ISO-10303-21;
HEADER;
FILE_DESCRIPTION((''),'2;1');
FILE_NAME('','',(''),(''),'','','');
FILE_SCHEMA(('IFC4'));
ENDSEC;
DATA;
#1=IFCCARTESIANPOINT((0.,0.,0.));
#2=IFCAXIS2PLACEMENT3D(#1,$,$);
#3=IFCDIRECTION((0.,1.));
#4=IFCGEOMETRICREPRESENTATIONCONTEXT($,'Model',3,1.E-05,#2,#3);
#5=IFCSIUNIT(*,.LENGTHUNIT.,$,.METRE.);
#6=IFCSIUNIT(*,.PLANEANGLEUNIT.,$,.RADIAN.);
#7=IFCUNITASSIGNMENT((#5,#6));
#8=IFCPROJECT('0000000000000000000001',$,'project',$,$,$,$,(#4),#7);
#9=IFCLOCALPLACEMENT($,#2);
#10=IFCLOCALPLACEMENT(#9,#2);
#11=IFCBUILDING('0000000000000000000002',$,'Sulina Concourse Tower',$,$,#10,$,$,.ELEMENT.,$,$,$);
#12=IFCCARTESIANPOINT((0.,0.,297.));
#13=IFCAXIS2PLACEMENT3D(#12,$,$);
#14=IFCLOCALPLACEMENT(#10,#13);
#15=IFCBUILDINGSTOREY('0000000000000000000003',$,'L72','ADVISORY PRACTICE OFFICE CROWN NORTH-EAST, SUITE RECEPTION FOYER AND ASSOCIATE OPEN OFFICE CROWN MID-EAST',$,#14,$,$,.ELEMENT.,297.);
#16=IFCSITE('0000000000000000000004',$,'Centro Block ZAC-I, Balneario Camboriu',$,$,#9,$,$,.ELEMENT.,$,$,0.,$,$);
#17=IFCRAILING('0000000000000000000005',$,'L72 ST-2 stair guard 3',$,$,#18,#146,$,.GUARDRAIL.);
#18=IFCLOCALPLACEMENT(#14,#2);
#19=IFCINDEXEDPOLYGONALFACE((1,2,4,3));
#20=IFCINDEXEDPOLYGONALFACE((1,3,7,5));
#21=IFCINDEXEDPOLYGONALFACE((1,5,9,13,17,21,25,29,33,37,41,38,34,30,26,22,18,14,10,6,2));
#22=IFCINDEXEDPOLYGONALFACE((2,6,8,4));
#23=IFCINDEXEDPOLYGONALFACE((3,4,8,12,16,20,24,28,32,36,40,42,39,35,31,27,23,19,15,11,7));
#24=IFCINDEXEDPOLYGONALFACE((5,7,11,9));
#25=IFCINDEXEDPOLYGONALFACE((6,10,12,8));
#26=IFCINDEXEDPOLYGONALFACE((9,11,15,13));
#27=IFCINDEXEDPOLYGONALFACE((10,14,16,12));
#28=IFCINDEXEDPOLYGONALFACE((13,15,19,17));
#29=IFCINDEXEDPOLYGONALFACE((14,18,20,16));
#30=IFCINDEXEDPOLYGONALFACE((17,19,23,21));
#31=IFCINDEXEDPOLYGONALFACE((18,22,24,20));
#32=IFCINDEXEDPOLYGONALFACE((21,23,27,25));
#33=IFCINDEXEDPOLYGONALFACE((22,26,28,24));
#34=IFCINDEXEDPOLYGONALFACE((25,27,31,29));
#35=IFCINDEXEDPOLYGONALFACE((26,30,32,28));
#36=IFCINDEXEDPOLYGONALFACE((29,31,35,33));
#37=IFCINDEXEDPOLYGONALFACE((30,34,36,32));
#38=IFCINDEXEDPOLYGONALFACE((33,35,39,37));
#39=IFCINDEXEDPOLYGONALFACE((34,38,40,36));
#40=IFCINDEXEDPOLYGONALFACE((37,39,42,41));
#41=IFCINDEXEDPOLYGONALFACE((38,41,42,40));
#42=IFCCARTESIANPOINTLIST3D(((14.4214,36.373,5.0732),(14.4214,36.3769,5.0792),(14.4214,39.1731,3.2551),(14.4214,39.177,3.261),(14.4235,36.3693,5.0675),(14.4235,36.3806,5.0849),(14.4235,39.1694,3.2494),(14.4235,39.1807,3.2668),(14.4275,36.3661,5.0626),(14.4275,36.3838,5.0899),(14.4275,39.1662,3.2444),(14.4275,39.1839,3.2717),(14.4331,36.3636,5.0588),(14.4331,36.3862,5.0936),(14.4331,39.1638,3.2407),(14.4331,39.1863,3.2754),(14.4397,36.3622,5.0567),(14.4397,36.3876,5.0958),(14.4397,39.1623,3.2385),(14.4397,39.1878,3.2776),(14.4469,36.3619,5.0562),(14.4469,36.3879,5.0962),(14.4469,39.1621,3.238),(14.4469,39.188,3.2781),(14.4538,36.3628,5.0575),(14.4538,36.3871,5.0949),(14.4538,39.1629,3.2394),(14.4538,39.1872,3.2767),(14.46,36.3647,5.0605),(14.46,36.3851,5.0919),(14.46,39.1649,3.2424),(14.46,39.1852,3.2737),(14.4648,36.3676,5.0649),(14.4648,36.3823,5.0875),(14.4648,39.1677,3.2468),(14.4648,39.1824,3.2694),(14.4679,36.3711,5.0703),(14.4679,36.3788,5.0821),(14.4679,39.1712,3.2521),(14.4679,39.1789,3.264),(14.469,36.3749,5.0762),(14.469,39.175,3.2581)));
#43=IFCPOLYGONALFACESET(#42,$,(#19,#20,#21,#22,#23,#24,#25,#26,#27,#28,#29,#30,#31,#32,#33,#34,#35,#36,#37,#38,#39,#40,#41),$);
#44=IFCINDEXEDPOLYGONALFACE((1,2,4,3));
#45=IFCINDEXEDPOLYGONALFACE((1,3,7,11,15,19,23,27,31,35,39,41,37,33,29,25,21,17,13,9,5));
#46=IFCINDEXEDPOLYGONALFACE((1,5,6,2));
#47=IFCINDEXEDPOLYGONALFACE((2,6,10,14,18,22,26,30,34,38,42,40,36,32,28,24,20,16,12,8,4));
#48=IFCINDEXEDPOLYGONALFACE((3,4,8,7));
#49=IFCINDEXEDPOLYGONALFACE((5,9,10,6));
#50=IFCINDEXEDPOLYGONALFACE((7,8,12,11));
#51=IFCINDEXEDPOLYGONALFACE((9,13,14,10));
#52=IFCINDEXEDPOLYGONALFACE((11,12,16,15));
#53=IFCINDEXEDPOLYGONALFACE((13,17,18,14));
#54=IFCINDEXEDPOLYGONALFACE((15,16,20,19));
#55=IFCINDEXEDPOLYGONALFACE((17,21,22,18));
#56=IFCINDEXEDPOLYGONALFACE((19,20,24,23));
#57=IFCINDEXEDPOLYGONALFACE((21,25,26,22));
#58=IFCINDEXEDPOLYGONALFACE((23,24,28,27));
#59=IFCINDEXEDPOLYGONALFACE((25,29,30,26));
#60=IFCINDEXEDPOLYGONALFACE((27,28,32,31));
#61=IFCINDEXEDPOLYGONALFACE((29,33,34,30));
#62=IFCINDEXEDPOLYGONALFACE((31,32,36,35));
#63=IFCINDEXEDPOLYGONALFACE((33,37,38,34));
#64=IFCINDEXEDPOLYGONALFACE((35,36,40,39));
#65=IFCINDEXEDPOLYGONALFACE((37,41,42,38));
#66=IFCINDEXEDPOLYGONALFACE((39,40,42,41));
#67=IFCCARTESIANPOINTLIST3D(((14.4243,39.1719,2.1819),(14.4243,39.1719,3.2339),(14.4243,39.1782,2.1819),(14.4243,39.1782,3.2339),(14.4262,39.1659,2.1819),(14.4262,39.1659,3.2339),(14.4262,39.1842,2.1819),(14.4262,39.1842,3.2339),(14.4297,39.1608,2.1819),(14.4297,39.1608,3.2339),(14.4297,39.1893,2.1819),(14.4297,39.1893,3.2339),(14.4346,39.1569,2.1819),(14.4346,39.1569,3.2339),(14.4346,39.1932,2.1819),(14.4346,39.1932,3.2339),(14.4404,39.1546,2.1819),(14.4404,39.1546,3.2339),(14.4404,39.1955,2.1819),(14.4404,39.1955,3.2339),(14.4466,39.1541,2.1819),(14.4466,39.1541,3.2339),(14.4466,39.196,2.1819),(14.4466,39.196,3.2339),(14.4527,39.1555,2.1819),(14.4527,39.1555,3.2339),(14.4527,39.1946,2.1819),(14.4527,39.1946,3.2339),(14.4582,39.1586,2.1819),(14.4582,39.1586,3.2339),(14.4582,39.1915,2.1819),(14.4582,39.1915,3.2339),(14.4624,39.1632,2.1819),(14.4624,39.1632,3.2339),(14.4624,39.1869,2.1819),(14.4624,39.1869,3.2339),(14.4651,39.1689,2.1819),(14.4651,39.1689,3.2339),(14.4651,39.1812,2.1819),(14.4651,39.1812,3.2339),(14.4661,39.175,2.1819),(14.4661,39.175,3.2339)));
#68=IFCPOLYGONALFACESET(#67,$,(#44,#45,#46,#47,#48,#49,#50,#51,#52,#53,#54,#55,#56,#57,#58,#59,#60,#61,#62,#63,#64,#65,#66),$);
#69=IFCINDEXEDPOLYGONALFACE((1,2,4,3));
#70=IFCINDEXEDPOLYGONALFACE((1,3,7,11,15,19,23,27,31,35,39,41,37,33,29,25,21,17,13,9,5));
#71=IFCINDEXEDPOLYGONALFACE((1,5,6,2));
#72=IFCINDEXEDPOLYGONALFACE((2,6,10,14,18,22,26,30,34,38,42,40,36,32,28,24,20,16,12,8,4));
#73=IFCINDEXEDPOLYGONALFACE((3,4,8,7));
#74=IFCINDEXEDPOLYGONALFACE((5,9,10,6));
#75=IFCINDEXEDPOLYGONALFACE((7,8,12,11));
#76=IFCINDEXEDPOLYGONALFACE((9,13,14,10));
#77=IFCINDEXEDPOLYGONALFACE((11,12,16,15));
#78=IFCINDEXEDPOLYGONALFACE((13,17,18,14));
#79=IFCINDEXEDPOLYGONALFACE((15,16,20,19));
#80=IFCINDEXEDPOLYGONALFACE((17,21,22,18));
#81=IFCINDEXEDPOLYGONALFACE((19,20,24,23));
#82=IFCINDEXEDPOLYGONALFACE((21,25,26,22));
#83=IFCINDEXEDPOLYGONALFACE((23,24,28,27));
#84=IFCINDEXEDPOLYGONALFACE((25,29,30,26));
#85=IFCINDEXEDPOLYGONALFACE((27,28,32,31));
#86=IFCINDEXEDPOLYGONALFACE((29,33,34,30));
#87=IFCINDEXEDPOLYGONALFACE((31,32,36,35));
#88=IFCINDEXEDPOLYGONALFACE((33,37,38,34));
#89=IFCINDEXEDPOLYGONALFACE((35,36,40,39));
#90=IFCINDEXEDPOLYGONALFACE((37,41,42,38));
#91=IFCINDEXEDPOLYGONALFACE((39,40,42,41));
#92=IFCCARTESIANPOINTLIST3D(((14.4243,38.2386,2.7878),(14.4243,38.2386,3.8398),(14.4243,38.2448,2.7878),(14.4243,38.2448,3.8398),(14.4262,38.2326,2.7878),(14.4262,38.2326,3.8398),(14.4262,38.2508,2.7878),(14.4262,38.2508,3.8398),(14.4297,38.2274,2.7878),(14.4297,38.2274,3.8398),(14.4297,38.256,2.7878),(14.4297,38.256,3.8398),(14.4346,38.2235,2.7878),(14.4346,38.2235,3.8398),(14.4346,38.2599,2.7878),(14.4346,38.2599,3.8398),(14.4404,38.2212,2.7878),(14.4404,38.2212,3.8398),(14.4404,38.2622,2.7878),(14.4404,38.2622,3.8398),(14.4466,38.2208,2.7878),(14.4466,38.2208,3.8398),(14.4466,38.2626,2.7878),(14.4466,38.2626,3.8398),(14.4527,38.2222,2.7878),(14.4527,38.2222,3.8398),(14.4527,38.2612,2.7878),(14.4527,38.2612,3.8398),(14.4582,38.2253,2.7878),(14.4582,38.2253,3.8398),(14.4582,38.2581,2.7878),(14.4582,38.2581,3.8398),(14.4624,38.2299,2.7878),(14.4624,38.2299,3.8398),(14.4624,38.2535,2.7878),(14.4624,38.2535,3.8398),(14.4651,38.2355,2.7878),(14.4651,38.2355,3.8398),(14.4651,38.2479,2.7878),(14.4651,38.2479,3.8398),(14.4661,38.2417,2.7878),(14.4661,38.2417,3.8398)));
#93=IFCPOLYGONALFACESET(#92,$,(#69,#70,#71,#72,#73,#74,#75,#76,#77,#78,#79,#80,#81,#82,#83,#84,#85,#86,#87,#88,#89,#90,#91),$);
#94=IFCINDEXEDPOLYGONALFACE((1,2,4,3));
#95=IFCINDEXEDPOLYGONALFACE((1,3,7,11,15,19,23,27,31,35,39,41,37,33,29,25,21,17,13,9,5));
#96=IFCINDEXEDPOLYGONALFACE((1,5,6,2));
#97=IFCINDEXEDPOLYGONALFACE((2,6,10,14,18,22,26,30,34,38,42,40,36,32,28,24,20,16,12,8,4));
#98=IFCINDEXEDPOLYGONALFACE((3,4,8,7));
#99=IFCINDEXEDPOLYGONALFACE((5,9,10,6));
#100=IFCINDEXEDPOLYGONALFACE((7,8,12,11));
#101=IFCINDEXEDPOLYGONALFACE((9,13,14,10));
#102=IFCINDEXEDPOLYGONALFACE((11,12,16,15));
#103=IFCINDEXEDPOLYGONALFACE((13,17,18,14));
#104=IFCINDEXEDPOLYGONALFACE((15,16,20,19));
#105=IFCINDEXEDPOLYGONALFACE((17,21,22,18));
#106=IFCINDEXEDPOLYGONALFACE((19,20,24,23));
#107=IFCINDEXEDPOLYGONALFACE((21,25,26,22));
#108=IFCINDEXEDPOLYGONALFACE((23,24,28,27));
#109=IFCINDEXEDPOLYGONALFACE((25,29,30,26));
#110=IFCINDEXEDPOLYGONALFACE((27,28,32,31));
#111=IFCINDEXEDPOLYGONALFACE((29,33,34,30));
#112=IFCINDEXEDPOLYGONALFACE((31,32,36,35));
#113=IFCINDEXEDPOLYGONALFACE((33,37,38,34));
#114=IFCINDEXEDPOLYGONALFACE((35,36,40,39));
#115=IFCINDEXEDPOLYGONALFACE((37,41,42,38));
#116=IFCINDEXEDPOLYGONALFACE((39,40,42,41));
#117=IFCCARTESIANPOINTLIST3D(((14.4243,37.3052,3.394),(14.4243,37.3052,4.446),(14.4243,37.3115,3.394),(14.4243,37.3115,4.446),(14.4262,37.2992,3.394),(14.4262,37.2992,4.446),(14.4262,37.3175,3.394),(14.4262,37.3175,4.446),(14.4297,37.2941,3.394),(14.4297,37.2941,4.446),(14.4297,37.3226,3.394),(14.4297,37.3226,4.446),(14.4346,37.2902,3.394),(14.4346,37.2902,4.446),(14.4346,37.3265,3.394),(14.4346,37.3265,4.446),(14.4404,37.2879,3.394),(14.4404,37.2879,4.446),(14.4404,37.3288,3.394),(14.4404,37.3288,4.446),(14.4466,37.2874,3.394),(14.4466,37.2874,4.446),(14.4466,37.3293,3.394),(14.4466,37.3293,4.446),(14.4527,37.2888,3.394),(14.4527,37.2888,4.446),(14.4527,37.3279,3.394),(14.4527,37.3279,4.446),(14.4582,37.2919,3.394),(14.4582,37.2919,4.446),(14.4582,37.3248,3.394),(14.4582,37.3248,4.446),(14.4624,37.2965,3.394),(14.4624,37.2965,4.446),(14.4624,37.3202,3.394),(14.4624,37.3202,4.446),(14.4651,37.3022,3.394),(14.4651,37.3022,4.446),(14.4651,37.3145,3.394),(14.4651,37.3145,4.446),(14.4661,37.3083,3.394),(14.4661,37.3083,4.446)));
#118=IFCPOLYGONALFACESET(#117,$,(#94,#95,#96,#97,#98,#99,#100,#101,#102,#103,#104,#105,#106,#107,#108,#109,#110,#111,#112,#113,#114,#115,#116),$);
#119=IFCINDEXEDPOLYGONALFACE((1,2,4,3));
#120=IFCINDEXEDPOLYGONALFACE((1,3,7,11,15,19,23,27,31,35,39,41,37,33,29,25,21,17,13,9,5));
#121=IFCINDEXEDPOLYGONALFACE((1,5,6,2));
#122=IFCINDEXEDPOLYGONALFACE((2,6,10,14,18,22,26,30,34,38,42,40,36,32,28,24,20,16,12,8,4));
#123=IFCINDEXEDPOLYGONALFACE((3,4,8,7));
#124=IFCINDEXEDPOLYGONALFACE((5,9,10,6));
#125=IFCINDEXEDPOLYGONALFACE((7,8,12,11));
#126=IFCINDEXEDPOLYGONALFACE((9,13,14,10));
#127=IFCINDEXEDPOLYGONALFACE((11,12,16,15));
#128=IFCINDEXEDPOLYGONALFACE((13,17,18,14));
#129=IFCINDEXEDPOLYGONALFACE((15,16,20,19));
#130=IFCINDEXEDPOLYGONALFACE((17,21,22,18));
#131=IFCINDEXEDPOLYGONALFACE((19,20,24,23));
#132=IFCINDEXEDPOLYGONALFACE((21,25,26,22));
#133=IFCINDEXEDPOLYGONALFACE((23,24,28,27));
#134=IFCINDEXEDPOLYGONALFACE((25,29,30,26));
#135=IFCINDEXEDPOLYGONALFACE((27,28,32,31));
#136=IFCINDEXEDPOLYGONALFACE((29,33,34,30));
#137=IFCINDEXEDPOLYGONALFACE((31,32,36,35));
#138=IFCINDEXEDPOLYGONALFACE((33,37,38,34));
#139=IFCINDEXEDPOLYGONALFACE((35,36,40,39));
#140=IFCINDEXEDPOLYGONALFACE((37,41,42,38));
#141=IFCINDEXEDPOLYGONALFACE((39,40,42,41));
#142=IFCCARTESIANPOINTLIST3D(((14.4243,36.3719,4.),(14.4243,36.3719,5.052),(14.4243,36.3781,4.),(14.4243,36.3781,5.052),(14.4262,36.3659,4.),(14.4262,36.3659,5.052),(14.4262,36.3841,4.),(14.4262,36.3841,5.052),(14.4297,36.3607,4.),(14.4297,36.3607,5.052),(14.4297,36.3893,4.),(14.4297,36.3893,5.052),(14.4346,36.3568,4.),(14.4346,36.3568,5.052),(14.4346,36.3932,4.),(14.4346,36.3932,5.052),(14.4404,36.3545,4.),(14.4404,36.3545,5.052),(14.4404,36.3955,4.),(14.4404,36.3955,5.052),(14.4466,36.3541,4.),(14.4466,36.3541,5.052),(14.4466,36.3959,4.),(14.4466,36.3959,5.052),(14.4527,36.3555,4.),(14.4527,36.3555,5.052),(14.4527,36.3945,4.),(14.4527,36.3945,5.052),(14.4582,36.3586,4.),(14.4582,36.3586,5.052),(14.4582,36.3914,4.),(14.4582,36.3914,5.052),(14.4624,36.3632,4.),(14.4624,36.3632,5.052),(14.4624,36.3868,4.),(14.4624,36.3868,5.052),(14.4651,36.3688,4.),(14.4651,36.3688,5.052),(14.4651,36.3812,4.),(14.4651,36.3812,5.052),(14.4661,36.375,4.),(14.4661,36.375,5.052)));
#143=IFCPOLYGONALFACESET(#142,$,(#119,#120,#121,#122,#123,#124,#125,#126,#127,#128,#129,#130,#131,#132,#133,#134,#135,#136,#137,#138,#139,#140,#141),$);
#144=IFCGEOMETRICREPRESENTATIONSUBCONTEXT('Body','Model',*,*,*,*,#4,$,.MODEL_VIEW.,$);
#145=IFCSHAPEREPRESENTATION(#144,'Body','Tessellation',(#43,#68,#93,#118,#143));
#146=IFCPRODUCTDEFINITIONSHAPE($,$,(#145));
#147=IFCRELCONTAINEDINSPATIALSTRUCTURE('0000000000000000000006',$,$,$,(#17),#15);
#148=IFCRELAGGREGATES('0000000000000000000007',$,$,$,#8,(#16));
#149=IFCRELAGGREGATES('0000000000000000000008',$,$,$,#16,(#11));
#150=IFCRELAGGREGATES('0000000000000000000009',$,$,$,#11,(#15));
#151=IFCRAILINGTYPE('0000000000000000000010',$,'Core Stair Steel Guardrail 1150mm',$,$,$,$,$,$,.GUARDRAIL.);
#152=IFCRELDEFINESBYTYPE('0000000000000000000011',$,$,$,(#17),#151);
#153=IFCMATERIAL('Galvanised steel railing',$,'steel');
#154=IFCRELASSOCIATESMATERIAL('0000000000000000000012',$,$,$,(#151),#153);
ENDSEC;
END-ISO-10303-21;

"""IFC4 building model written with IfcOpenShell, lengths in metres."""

from ifc_helpers import new_model, si_unit, direction, frame, origin, origin_2d, place, context, subcontext, project, spatial, circle, extrude, material, type_object, element, save


model = new_model("IFC4")

# Units and contexts
model_context = context("Model", 3, precision=1e-05, world=origin(), true_north=direction((0.0, 1.0)))
body_context = subcontext(model_context, "Body", "Model", "MODEL_VIEW")
ifc_project = project(units=[si_unit("LENGTHUNIT", "METRE"), si_unit("PLANEANGLEUNIT", "RADIAN")], contexts=[model_context])

# Site, building, storey
site_placement = place(None, origin())
site = spatial("IfcSite", under=ifc_project, at=site_placement, Name="Centro Block ZAC-I, Balneario Camboriu", CompositionType="ELEMENT", RefElevation=0.0)
building_placement = place(site_placement, origin())
building = spatial("IfcBuilding", under=site, at=building_placement, Name="Sulina Concourse Tower", CompositionType="ELEMENT")
storey_placement = place(building_placement, frame((0.0, 0.0, 297.0)))
storey = spatial("IfcBuildingStorey", under=building, at=storey_placement, Name="L72", Description="ADVISORY PRACTICE OFFICE CROWN NORTH-EAST, SUITE RECEPTION FOYER AND ASSOCIATE OPEN OFFICE CROWN MID-EAST", CompositionType="ELEMENT", Elevation=297.0)

# Railing
ifc_material_1 = material(Name="Galvanised steel railing", Category="steel")
railing_type_1 = type_object("IfcRailingType", Name="Core Stair Steel Guardrail 1150mm", PredefinedType="GUARDRAIL", material=ifc_material_1)
railing_1_placement = place(storey_placement, frame((14.4451, 39.175, 2.1819)))
element("IfcRailing", 1, at=railing_1_placement, inside=storey, type_object=railing_type_1, Name="L72 ST-2 stair guard 3", PredefinedType="GUARDRAIL", context=body_context, shape_type="SweptSolid", body=[
    extrude(circle(Radius=0.0239, at=origin_2d()), frame((0.0, 0.0, 1.0762), z_axis=(0.0, -0.838706, 0.544585), x_axis=(1.0, 0.0, 0.0)), (0.0, 0.0, 1.0), 3.3386),
    extrude(circle(Radius=0.021, at=origin_2d()), origin(), (0.0, 0.0, 1.0), 1.052),
    extrude(circle(Radius=0.021, at=origin_2d()), frame((0.0, -0.9333, 0.606)), (0.0, 0.0, 1.0), 1.052),
    extrude(circle(Radius=0.021, at=origin_2d()), frame((0.0, -1.8667, 1.2122)), (0.0, 0.0, 1.0), 1.052),
    extrude(circle(Radius=0.021, at=origin_2d()), frame((0.0, -2.8, 1.8181)), (0.0, 0.0, 1.0), 1.052),
])

save(model, "model.ifc")
